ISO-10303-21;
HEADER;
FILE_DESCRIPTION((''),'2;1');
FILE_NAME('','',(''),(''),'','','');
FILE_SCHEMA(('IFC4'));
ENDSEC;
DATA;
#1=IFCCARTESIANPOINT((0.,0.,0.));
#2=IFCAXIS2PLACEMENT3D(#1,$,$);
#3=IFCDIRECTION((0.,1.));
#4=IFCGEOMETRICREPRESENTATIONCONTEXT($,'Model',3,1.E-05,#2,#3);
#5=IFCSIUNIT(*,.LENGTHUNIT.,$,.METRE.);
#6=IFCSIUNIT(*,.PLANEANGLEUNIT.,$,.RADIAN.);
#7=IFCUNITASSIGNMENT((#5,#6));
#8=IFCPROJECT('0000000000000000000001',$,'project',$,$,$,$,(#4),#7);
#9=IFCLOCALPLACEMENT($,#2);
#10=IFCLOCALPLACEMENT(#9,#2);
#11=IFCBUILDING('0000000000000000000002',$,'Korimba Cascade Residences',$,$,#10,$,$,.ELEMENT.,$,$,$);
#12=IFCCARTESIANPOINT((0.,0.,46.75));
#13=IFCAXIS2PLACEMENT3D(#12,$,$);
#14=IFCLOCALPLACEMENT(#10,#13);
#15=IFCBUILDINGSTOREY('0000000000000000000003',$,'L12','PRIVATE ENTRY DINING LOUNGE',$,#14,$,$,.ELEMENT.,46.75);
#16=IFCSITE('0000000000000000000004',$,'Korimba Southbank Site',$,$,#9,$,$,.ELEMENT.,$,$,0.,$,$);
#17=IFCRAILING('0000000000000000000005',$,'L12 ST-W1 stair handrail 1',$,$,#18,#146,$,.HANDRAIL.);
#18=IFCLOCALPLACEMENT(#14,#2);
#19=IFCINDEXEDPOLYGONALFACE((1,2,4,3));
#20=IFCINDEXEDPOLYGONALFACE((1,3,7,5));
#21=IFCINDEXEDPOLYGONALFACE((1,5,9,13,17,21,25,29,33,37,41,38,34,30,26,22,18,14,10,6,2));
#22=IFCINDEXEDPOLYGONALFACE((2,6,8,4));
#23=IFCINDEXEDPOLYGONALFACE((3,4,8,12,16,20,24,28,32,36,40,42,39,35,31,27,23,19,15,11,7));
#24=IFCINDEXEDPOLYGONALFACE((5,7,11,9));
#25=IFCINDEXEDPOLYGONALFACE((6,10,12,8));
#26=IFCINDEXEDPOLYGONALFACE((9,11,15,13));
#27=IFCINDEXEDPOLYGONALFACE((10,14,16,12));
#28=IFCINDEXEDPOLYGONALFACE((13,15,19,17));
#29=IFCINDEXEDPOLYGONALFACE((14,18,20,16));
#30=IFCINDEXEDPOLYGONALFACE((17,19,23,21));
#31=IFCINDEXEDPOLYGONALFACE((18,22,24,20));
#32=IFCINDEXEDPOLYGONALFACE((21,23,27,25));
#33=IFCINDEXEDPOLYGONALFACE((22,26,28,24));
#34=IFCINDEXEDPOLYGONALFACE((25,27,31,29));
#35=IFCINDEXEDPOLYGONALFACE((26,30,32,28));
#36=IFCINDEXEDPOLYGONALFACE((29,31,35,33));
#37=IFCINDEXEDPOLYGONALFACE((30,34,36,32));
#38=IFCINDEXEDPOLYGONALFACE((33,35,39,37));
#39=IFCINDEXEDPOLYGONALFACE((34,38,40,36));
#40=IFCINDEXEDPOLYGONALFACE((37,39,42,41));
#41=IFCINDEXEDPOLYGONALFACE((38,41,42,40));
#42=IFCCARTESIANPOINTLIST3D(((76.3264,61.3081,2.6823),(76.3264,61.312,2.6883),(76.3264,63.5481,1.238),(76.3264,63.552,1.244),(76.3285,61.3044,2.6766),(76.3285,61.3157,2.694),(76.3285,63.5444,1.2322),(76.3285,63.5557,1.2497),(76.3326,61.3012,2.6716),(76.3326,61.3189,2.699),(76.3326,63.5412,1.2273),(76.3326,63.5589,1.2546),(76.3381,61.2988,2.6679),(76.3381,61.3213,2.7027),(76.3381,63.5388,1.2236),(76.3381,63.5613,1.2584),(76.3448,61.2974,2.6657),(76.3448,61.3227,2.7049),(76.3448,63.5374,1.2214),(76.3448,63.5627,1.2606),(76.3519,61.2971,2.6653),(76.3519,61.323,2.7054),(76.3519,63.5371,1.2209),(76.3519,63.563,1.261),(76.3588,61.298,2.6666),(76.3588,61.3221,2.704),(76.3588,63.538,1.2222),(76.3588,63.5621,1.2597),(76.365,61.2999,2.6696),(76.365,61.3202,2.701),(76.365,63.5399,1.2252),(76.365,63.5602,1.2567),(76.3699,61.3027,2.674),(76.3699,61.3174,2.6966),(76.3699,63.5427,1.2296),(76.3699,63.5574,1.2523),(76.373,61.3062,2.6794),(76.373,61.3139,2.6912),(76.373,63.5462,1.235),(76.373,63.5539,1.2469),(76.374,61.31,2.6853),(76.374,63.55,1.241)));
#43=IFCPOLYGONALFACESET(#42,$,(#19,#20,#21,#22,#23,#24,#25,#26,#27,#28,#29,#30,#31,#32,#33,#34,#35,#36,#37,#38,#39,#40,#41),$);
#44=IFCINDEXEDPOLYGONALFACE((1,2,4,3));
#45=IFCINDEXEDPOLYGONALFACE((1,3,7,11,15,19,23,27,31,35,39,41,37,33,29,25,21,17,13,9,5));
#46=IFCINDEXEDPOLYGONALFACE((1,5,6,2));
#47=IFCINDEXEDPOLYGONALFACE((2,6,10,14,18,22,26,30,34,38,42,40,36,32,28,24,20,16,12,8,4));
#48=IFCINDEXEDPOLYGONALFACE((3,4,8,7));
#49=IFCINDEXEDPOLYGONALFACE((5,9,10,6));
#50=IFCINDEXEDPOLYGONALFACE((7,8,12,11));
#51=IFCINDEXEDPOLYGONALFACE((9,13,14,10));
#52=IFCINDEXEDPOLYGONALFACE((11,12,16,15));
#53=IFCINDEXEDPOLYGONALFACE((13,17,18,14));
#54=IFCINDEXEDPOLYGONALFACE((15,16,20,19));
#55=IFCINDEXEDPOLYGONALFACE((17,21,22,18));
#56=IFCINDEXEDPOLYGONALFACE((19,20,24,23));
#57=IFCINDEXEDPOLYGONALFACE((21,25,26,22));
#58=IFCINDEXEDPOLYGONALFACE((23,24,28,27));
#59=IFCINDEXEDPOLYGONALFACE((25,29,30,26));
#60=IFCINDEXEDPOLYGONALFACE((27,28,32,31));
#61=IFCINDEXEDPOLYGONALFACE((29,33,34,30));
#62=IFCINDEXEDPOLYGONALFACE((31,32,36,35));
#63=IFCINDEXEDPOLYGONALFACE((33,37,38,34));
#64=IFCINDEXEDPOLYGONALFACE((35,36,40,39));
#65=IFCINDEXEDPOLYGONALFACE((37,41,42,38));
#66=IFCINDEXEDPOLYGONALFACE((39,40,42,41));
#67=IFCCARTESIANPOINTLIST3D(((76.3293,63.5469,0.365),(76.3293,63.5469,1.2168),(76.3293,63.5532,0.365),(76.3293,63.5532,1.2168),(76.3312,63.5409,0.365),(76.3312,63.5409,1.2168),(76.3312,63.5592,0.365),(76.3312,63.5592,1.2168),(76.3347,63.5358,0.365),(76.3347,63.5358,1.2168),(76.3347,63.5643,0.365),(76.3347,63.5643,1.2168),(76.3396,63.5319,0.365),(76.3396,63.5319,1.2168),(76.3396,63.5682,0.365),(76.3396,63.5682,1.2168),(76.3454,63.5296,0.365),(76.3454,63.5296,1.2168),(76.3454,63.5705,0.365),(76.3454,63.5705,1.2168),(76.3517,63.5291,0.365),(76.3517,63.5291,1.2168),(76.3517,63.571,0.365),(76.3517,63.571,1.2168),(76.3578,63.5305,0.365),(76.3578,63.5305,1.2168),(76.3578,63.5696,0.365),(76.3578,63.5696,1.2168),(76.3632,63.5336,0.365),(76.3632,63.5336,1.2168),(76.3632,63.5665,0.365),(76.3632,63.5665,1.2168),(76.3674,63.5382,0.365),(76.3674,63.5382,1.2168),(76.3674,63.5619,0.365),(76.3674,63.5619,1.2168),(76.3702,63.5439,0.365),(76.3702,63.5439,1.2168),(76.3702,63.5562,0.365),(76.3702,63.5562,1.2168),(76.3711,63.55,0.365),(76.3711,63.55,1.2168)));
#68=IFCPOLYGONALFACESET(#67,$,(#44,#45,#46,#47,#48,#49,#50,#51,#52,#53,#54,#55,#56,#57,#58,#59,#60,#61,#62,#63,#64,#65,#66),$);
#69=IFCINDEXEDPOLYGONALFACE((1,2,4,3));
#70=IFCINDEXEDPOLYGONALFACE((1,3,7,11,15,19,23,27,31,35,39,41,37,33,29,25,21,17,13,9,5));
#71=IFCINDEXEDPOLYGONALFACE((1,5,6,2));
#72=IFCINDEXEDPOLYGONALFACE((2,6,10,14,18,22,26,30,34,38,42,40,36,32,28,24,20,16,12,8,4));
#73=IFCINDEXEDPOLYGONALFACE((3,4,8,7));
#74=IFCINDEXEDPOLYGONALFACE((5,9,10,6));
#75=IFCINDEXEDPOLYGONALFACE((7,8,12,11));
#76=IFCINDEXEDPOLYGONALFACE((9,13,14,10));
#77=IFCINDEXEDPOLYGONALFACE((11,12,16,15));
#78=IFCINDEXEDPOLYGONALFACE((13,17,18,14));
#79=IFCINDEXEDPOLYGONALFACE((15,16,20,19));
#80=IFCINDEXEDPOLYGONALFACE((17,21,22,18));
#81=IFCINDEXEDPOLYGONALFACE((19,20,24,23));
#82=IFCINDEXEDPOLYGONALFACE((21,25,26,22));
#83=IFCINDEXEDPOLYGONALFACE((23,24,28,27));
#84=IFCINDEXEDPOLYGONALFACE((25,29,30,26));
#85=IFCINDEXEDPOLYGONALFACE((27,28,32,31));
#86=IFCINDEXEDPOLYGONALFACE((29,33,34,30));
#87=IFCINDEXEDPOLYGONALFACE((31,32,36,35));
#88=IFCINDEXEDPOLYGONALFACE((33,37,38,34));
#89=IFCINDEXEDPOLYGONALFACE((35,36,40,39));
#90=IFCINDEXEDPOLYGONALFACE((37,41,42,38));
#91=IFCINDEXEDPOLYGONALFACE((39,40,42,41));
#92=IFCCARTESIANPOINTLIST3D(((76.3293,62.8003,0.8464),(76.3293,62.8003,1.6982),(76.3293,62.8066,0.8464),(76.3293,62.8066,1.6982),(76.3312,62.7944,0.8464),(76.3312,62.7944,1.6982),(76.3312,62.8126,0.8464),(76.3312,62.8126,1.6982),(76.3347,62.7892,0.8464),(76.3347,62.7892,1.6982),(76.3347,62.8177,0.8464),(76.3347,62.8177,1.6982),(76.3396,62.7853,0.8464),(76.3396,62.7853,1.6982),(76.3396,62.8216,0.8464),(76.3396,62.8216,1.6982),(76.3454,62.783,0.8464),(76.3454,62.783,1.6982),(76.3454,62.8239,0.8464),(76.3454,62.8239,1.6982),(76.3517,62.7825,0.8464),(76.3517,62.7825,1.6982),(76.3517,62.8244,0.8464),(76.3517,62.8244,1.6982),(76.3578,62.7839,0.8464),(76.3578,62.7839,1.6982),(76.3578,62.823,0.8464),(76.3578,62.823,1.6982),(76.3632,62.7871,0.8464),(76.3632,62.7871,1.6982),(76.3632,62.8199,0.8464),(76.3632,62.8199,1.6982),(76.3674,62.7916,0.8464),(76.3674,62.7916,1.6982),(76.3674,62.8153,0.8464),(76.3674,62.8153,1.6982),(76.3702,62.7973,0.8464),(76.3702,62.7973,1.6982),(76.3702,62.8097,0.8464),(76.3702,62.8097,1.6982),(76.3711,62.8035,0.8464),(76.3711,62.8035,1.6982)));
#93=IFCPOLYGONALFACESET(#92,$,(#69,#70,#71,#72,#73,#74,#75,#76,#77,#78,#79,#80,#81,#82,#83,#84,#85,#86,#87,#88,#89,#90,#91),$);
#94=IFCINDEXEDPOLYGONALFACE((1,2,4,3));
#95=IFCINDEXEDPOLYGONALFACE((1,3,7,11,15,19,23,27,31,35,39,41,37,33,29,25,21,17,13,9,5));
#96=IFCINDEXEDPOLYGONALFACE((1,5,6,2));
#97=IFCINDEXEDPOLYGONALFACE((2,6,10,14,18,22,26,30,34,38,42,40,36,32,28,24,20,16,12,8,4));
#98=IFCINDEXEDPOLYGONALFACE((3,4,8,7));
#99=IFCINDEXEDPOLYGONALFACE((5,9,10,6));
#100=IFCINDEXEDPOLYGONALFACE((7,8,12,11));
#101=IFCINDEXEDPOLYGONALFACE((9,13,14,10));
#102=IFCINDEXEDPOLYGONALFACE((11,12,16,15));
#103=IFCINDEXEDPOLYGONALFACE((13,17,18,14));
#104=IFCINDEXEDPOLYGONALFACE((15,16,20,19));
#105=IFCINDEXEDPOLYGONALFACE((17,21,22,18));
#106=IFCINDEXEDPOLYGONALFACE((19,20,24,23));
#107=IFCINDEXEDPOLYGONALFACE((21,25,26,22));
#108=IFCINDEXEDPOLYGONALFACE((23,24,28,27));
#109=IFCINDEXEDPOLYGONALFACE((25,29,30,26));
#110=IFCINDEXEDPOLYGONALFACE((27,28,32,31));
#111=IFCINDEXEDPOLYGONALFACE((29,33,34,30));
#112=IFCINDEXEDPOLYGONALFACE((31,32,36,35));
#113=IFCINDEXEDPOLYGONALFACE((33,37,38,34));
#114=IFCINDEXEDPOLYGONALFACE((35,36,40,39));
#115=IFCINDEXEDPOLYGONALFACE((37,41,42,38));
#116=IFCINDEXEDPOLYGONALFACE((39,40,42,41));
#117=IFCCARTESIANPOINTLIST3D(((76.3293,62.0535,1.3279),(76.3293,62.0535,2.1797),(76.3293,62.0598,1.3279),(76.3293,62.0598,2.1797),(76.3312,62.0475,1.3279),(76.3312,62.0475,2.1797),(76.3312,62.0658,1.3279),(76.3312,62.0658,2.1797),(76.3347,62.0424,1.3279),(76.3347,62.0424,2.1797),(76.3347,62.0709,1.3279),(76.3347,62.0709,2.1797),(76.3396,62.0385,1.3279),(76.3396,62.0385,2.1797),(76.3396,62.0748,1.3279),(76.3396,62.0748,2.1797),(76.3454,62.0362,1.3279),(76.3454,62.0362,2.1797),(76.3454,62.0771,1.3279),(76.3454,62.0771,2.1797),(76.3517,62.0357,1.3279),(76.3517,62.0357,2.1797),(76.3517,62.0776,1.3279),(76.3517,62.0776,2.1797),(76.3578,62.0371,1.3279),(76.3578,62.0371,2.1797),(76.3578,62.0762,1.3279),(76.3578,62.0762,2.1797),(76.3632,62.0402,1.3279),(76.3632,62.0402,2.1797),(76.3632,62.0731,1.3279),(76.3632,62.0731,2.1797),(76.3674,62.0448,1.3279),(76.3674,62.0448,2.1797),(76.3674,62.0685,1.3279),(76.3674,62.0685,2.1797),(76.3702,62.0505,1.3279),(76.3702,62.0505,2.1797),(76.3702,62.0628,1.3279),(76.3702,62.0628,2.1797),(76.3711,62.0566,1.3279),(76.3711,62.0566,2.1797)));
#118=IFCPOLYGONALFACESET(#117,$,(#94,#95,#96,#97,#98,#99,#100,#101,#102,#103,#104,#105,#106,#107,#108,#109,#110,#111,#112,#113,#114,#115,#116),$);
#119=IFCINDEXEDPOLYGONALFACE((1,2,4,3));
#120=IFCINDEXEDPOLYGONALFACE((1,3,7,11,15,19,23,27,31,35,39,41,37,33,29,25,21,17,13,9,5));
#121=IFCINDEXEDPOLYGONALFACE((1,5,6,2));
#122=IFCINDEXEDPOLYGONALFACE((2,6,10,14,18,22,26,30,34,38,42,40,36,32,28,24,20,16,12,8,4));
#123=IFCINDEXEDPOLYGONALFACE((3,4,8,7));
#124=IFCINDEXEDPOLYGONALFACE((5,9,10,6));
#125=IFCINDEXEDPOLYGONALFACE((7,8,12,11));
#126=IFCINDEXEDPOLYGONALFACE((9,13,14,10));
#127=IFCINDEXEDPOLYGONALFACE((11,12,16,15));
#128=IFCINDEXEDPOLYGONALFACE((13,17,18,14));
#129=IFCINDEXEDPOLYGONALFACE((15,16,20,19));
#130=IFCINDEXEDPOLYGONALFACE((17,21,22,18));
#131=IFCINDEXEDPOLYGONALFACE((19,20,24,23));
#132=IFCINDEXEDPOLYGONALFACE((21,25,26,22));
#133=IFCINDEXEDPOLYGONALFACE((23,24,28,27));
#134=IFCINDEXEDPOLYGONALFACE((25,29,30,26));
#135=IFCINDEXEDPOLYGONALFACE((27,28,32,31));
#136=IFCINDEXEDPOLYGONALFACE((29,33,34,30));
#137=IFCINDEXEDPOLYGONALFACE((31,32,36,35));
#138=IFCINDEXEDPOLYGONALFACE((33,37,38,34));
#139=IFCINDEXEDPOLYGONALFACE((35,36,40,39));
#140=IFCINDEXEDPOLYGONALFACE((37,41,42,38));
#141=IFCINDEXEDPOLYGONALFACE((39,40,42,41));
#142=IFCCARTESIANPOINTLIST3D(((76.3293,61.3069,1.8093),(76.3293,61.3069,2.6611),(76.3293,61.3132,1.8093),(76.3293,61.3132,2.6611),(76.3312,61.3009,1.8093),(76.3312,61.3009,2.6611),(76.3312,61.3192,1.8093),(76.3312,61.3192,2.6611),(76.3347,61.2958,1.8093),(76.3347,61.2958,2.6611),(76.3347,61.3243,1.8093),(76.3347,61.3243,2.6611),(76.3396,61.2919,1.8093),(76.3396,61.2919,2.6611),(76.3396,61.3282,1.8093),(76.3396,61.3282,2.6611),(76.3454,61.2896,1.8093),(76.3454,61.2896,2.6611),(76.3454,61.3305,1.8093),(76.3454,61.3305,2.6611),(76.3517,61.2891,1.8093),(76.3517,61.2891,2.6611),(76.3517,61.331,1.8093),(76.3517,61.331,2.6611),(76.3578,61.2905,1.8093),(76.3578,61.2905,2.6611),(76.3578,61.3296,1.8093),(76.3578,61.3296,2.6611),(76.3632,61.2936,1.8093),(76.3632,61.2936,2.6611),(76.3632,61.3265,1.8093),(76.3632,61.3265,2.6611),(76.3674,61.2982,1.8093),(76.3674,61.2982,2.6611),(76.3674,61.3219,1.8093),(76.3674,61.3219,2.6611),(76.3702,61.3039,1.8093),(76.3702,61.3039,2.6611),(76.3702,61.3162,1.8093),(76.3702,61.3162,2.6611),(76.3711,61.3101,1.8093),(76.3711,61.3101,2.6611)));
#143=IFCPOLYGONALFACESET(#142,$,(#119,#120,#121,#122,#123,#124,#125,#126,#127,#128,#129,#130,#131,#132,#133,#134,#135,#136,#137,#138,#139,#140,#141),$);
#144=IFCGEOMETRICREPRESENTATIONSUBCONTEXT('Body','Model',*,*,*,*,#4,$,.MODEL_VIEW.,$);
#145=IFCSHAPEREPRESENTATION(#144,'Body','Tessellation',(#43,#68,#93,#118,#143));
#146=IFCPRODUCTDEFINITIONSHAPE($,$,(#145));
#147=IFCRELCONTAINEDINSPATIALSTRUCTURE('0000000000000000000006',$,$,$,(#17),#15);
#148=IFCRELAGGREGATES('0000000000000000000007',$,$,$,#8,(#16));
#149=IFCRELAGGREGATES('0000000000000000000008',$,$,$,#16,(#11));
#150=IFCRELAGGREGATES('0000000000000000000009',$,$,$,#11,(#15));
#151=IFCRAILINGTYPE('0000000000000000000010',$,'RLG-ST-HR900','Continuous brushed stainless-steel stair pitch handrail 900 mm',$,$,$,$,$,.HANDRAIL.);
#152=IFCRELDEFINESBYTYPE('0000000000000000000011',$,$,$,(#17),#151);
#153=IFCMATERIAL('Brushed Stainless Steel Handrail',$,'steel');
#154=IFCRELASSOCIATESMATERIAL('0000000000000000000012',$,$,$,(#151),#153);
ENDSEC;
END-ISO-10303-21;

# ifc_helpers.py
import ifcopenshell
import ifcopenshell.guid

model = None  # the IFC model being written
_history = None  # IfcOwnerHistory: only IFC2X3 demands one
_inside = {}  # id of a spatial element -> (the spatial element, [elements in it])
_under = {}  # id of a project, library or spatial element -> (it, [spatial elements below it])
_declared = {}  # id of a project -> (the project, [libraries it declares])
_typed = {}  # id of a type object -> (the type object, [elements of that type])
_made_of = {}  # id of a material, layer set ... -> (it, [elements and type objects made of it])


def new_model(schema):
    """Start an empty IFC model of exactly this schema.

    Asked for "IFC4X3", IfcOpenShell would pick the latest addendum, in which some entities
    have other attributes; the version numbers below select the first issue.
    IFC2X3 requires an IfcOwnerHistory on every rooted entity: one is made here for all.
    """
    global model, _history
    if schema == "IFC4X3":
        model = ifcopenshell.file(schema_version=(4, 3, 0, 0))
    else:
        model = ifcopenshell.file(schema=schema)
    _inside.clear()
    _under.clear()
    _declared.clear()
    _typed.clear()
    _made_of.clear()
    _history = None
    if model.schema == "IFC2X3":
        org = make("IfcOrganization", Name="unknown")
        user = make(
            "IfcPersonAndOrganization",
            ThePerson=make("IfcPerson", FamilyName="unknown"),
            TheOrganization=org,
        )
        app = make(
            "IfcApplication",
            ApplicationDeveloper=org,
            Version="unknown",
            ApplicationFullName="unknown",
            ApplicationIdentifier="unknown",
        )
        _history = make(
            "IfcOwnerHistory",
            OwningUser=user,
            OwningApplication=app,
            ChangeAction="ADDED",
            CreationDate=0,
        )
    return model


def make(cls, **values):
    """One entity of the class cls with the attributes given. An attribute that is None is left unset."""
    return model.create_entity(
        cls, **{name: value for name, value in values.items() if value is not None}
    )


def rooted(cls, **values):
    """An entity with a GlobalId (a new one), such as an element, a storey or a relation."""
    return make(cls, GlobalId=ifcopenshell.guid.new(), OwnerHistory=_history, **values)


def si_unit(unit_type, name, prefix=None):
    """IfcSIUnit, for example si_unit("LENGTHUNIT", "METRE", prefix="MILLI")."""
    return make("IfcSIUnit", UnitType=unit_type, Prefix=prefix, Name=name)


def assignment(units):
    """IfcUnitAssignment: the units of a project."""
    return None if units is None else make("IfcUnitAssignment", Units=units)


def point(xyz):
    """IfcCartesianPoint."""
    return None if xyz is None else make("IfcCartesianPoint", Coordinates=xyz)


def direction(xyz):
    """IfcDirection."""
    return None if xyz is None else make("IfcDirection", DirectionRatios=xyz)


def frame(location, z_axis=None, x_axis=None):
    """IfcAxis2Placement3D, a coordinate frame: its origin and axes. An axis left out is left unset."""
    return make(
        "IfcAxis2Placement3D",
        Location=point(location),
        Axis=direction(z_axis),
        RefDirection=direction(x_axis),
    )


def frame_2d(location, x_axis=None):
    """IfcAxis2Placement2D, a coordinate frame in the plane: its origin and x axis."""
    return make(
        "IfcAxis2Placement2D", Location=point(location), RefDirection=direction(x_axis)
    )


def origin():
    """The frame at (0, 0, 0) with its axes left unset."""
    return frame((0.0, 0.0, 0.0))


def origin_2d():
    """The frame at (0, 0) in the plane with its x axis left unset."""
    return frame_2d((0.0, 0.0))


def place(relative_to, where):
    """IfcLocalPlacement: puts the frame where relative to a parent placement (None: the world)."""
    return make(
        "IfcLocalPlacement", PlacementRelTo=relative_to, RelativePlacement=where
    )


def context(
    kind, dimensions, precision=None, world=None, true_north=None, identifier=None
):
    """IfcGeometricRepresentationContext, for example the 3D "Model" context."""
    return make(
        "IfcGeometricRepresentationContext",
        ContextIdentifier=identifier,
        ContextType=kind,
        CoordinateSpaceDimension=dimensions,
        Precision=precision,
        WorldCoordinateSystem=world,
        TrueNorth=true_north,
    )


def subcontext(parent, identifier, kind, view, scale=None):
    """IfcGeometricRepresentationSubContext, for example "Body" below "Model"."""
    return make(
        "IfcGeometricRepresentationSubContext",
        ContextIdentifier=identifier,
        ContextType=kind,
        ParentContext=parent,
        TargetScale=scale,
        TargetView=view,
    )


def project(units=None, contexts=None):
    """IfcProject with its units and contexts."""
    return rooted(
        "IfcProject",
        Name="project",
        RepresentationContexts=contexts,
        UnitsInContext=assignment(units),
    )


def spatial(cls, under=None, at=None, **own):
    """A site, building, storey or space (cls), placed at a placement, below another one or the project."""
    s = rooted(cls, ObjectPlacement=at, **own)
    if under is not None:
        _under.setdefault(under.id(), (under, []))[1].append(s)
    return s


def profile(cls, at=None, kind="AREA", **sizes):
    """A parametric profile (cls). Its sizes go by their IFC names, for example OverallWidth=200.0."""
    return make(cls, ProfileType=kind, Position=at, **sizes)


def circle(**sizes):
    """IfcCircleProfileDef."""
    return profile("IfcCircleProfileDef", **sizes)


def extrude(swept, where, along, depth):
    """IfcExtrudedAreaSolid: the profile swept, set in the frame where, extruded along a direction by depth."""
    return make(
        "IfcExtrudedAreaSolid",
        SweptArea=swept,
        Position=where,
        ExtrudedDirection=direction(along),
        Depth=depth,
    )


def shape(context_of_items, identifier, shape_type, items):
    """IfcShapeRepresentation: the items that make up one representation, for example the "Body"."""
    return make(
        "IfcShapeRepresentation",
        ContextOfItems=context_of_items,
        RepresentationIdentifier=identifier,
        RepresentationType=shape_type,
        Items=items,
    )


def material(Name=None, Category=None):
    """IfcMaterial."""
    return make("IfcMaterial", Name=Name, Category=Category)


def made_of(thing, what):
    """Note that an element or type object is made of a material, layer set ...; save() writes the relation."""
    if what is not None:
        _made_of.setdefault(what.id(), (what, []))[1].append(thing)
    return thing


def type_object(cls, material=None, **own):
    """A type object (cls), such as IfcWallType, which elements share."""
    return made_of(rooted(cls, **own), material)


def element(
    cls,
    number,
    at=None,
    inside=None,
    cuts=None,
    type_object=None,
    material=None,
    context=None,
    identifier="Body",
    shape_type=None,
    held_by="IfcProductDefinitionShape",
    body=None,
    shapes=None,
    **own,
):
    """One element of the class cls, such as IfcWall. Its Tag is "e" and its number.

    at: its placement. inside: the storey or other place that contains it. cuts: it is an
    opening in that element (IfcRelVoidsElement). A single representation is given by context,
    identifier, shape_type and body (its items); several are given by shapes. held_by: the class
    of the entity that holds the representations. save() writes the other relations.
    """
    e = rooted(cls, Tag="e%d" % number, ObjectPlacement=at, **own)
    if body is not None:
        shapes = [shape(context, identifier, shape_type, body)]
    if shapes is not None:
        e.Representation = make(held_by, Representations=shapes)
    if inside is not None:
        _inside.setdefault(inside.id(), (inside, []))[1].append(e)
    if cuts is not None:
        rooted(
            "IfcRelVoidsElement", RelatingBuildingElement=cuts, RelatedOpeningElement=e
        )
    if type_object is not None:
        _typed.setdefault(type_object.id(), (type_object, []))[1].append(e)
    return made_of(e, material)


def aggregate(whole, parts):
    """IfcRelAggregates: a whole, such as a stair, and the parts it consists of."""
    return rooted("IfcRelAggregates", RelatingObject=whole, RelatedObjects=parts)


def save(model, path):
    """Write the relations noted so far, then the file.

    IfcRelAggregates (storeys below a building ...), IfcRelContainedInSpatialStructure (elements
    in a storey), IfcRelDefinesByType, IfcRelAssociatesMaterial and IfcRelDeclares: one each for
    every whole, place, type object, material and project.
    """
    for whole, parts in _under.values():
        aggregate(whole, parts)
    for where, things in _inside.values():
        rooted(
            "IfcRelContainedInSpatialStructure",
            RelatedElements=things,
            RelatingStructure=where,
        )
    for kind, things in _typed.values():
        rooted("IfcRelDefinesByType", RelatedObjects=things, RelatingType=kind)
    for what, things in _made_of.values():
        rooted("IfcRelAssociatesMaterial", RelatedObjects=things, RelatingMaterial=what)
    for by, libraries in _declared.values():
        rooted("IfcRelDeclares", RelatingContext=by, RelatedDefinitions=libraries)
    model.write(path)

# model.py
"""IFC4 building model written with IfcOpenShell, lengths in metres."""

from ifc_helpers import new_model, si_unit, direction, frame, origin, origin_2d, place, context, subcontext, project, spatial, circle, extrude, material, type_object, element, save


model = new_model("IFC4")

# Units and contexts
model_context = context("Model", 3, precision=1e-05, world=origin(), true_north=direction((0.0, 1.0)))
body_context = subcontext(model_context, "Body", "Model", "MODEL_VIEW")
ifc_project = project(units=[si_unit("LENGTHUNIT", "METRE"), si_unit("PLANEANGLEUNIT", "RADIAN")], contexts=[model_context])

# Site, building, storey
site_placement = place(None, origin())
site = spatial("IfcSite", under=ifc_project, at=site_placement, Name="Korimba Southbank Site", CompositionType="ELEMENT", RefElevation=0.0)
building_placement = place(site_placement, origin())
building = spatial("IfcBuilding", under=site, at=building_placement, Name="Korimba Cascade Residences", CompositionType="ELEMENT")
storey_placement = place(building_placement, frame((0.0, 0.0, 46.75)))
storey = spatial("IfcBuildingStorey", under=building, at=storey_placement, Name="L12", Description="PRIVATE ENTRY DINING LOUNGE", CompositionType="ELEMENT", Elevation=46.75)

# Railing
ifc_material_1 = material(Name="Brushed Stainless Steel Handrail", Category="steel")
railing_type_1 = type_object("IfcRailingType", Name="RLG-ST-HR900", Description="Continuous brushed stainless-steel stair pitch handrail 900 mm", PredefinedType="HANDRAIL", material=ifc_material_1)
railing_1_placement = place(storey_placement, frame((76.3501, 63.55, 0.365)))
element("IfcRailing", 1, at=railing_1_placement, inside=storey, type_object=railing_type_1, Name="L12 ST-W1 stair handrail 1", PredefinedType="HANDRAIL", context=body_context, shape_type="SweptSolid", body=[
    extrude(circle(Radius=0.0239, at=origin_2d()), frame((0.0, 0.0, 0.876), z_axis=(0.0, -0.840437, 0.54191), x_axis=(1.0, 0.0, 0.0)), (0.0, 0.0, 1.0), 2.6653),
    extrude(circle(Radius=0.021, at=origin_2d()), origin(), (0.0, 0.0, 1.0), 0.8518),
    extrude(circle(Radius=0.021, at=origin_2d()), frame((0.0, -0.7466, 0.4814)), (0.0, 0.0, 1.0), 0.8518),
    extrude(circle(Radius=0.021, at=origin_2d()), frame((0.0, -1.4934, 0.9629)), (0.0, 0.0, 1.0), 0.8518),
    extrude(circle(Radius=0.021, at=origin_2d()), frame((0.0, -2.24, 1.4443)), (0.0, 0.0, 1.0), 0.8518),
])

save(model, "model.ifc")
